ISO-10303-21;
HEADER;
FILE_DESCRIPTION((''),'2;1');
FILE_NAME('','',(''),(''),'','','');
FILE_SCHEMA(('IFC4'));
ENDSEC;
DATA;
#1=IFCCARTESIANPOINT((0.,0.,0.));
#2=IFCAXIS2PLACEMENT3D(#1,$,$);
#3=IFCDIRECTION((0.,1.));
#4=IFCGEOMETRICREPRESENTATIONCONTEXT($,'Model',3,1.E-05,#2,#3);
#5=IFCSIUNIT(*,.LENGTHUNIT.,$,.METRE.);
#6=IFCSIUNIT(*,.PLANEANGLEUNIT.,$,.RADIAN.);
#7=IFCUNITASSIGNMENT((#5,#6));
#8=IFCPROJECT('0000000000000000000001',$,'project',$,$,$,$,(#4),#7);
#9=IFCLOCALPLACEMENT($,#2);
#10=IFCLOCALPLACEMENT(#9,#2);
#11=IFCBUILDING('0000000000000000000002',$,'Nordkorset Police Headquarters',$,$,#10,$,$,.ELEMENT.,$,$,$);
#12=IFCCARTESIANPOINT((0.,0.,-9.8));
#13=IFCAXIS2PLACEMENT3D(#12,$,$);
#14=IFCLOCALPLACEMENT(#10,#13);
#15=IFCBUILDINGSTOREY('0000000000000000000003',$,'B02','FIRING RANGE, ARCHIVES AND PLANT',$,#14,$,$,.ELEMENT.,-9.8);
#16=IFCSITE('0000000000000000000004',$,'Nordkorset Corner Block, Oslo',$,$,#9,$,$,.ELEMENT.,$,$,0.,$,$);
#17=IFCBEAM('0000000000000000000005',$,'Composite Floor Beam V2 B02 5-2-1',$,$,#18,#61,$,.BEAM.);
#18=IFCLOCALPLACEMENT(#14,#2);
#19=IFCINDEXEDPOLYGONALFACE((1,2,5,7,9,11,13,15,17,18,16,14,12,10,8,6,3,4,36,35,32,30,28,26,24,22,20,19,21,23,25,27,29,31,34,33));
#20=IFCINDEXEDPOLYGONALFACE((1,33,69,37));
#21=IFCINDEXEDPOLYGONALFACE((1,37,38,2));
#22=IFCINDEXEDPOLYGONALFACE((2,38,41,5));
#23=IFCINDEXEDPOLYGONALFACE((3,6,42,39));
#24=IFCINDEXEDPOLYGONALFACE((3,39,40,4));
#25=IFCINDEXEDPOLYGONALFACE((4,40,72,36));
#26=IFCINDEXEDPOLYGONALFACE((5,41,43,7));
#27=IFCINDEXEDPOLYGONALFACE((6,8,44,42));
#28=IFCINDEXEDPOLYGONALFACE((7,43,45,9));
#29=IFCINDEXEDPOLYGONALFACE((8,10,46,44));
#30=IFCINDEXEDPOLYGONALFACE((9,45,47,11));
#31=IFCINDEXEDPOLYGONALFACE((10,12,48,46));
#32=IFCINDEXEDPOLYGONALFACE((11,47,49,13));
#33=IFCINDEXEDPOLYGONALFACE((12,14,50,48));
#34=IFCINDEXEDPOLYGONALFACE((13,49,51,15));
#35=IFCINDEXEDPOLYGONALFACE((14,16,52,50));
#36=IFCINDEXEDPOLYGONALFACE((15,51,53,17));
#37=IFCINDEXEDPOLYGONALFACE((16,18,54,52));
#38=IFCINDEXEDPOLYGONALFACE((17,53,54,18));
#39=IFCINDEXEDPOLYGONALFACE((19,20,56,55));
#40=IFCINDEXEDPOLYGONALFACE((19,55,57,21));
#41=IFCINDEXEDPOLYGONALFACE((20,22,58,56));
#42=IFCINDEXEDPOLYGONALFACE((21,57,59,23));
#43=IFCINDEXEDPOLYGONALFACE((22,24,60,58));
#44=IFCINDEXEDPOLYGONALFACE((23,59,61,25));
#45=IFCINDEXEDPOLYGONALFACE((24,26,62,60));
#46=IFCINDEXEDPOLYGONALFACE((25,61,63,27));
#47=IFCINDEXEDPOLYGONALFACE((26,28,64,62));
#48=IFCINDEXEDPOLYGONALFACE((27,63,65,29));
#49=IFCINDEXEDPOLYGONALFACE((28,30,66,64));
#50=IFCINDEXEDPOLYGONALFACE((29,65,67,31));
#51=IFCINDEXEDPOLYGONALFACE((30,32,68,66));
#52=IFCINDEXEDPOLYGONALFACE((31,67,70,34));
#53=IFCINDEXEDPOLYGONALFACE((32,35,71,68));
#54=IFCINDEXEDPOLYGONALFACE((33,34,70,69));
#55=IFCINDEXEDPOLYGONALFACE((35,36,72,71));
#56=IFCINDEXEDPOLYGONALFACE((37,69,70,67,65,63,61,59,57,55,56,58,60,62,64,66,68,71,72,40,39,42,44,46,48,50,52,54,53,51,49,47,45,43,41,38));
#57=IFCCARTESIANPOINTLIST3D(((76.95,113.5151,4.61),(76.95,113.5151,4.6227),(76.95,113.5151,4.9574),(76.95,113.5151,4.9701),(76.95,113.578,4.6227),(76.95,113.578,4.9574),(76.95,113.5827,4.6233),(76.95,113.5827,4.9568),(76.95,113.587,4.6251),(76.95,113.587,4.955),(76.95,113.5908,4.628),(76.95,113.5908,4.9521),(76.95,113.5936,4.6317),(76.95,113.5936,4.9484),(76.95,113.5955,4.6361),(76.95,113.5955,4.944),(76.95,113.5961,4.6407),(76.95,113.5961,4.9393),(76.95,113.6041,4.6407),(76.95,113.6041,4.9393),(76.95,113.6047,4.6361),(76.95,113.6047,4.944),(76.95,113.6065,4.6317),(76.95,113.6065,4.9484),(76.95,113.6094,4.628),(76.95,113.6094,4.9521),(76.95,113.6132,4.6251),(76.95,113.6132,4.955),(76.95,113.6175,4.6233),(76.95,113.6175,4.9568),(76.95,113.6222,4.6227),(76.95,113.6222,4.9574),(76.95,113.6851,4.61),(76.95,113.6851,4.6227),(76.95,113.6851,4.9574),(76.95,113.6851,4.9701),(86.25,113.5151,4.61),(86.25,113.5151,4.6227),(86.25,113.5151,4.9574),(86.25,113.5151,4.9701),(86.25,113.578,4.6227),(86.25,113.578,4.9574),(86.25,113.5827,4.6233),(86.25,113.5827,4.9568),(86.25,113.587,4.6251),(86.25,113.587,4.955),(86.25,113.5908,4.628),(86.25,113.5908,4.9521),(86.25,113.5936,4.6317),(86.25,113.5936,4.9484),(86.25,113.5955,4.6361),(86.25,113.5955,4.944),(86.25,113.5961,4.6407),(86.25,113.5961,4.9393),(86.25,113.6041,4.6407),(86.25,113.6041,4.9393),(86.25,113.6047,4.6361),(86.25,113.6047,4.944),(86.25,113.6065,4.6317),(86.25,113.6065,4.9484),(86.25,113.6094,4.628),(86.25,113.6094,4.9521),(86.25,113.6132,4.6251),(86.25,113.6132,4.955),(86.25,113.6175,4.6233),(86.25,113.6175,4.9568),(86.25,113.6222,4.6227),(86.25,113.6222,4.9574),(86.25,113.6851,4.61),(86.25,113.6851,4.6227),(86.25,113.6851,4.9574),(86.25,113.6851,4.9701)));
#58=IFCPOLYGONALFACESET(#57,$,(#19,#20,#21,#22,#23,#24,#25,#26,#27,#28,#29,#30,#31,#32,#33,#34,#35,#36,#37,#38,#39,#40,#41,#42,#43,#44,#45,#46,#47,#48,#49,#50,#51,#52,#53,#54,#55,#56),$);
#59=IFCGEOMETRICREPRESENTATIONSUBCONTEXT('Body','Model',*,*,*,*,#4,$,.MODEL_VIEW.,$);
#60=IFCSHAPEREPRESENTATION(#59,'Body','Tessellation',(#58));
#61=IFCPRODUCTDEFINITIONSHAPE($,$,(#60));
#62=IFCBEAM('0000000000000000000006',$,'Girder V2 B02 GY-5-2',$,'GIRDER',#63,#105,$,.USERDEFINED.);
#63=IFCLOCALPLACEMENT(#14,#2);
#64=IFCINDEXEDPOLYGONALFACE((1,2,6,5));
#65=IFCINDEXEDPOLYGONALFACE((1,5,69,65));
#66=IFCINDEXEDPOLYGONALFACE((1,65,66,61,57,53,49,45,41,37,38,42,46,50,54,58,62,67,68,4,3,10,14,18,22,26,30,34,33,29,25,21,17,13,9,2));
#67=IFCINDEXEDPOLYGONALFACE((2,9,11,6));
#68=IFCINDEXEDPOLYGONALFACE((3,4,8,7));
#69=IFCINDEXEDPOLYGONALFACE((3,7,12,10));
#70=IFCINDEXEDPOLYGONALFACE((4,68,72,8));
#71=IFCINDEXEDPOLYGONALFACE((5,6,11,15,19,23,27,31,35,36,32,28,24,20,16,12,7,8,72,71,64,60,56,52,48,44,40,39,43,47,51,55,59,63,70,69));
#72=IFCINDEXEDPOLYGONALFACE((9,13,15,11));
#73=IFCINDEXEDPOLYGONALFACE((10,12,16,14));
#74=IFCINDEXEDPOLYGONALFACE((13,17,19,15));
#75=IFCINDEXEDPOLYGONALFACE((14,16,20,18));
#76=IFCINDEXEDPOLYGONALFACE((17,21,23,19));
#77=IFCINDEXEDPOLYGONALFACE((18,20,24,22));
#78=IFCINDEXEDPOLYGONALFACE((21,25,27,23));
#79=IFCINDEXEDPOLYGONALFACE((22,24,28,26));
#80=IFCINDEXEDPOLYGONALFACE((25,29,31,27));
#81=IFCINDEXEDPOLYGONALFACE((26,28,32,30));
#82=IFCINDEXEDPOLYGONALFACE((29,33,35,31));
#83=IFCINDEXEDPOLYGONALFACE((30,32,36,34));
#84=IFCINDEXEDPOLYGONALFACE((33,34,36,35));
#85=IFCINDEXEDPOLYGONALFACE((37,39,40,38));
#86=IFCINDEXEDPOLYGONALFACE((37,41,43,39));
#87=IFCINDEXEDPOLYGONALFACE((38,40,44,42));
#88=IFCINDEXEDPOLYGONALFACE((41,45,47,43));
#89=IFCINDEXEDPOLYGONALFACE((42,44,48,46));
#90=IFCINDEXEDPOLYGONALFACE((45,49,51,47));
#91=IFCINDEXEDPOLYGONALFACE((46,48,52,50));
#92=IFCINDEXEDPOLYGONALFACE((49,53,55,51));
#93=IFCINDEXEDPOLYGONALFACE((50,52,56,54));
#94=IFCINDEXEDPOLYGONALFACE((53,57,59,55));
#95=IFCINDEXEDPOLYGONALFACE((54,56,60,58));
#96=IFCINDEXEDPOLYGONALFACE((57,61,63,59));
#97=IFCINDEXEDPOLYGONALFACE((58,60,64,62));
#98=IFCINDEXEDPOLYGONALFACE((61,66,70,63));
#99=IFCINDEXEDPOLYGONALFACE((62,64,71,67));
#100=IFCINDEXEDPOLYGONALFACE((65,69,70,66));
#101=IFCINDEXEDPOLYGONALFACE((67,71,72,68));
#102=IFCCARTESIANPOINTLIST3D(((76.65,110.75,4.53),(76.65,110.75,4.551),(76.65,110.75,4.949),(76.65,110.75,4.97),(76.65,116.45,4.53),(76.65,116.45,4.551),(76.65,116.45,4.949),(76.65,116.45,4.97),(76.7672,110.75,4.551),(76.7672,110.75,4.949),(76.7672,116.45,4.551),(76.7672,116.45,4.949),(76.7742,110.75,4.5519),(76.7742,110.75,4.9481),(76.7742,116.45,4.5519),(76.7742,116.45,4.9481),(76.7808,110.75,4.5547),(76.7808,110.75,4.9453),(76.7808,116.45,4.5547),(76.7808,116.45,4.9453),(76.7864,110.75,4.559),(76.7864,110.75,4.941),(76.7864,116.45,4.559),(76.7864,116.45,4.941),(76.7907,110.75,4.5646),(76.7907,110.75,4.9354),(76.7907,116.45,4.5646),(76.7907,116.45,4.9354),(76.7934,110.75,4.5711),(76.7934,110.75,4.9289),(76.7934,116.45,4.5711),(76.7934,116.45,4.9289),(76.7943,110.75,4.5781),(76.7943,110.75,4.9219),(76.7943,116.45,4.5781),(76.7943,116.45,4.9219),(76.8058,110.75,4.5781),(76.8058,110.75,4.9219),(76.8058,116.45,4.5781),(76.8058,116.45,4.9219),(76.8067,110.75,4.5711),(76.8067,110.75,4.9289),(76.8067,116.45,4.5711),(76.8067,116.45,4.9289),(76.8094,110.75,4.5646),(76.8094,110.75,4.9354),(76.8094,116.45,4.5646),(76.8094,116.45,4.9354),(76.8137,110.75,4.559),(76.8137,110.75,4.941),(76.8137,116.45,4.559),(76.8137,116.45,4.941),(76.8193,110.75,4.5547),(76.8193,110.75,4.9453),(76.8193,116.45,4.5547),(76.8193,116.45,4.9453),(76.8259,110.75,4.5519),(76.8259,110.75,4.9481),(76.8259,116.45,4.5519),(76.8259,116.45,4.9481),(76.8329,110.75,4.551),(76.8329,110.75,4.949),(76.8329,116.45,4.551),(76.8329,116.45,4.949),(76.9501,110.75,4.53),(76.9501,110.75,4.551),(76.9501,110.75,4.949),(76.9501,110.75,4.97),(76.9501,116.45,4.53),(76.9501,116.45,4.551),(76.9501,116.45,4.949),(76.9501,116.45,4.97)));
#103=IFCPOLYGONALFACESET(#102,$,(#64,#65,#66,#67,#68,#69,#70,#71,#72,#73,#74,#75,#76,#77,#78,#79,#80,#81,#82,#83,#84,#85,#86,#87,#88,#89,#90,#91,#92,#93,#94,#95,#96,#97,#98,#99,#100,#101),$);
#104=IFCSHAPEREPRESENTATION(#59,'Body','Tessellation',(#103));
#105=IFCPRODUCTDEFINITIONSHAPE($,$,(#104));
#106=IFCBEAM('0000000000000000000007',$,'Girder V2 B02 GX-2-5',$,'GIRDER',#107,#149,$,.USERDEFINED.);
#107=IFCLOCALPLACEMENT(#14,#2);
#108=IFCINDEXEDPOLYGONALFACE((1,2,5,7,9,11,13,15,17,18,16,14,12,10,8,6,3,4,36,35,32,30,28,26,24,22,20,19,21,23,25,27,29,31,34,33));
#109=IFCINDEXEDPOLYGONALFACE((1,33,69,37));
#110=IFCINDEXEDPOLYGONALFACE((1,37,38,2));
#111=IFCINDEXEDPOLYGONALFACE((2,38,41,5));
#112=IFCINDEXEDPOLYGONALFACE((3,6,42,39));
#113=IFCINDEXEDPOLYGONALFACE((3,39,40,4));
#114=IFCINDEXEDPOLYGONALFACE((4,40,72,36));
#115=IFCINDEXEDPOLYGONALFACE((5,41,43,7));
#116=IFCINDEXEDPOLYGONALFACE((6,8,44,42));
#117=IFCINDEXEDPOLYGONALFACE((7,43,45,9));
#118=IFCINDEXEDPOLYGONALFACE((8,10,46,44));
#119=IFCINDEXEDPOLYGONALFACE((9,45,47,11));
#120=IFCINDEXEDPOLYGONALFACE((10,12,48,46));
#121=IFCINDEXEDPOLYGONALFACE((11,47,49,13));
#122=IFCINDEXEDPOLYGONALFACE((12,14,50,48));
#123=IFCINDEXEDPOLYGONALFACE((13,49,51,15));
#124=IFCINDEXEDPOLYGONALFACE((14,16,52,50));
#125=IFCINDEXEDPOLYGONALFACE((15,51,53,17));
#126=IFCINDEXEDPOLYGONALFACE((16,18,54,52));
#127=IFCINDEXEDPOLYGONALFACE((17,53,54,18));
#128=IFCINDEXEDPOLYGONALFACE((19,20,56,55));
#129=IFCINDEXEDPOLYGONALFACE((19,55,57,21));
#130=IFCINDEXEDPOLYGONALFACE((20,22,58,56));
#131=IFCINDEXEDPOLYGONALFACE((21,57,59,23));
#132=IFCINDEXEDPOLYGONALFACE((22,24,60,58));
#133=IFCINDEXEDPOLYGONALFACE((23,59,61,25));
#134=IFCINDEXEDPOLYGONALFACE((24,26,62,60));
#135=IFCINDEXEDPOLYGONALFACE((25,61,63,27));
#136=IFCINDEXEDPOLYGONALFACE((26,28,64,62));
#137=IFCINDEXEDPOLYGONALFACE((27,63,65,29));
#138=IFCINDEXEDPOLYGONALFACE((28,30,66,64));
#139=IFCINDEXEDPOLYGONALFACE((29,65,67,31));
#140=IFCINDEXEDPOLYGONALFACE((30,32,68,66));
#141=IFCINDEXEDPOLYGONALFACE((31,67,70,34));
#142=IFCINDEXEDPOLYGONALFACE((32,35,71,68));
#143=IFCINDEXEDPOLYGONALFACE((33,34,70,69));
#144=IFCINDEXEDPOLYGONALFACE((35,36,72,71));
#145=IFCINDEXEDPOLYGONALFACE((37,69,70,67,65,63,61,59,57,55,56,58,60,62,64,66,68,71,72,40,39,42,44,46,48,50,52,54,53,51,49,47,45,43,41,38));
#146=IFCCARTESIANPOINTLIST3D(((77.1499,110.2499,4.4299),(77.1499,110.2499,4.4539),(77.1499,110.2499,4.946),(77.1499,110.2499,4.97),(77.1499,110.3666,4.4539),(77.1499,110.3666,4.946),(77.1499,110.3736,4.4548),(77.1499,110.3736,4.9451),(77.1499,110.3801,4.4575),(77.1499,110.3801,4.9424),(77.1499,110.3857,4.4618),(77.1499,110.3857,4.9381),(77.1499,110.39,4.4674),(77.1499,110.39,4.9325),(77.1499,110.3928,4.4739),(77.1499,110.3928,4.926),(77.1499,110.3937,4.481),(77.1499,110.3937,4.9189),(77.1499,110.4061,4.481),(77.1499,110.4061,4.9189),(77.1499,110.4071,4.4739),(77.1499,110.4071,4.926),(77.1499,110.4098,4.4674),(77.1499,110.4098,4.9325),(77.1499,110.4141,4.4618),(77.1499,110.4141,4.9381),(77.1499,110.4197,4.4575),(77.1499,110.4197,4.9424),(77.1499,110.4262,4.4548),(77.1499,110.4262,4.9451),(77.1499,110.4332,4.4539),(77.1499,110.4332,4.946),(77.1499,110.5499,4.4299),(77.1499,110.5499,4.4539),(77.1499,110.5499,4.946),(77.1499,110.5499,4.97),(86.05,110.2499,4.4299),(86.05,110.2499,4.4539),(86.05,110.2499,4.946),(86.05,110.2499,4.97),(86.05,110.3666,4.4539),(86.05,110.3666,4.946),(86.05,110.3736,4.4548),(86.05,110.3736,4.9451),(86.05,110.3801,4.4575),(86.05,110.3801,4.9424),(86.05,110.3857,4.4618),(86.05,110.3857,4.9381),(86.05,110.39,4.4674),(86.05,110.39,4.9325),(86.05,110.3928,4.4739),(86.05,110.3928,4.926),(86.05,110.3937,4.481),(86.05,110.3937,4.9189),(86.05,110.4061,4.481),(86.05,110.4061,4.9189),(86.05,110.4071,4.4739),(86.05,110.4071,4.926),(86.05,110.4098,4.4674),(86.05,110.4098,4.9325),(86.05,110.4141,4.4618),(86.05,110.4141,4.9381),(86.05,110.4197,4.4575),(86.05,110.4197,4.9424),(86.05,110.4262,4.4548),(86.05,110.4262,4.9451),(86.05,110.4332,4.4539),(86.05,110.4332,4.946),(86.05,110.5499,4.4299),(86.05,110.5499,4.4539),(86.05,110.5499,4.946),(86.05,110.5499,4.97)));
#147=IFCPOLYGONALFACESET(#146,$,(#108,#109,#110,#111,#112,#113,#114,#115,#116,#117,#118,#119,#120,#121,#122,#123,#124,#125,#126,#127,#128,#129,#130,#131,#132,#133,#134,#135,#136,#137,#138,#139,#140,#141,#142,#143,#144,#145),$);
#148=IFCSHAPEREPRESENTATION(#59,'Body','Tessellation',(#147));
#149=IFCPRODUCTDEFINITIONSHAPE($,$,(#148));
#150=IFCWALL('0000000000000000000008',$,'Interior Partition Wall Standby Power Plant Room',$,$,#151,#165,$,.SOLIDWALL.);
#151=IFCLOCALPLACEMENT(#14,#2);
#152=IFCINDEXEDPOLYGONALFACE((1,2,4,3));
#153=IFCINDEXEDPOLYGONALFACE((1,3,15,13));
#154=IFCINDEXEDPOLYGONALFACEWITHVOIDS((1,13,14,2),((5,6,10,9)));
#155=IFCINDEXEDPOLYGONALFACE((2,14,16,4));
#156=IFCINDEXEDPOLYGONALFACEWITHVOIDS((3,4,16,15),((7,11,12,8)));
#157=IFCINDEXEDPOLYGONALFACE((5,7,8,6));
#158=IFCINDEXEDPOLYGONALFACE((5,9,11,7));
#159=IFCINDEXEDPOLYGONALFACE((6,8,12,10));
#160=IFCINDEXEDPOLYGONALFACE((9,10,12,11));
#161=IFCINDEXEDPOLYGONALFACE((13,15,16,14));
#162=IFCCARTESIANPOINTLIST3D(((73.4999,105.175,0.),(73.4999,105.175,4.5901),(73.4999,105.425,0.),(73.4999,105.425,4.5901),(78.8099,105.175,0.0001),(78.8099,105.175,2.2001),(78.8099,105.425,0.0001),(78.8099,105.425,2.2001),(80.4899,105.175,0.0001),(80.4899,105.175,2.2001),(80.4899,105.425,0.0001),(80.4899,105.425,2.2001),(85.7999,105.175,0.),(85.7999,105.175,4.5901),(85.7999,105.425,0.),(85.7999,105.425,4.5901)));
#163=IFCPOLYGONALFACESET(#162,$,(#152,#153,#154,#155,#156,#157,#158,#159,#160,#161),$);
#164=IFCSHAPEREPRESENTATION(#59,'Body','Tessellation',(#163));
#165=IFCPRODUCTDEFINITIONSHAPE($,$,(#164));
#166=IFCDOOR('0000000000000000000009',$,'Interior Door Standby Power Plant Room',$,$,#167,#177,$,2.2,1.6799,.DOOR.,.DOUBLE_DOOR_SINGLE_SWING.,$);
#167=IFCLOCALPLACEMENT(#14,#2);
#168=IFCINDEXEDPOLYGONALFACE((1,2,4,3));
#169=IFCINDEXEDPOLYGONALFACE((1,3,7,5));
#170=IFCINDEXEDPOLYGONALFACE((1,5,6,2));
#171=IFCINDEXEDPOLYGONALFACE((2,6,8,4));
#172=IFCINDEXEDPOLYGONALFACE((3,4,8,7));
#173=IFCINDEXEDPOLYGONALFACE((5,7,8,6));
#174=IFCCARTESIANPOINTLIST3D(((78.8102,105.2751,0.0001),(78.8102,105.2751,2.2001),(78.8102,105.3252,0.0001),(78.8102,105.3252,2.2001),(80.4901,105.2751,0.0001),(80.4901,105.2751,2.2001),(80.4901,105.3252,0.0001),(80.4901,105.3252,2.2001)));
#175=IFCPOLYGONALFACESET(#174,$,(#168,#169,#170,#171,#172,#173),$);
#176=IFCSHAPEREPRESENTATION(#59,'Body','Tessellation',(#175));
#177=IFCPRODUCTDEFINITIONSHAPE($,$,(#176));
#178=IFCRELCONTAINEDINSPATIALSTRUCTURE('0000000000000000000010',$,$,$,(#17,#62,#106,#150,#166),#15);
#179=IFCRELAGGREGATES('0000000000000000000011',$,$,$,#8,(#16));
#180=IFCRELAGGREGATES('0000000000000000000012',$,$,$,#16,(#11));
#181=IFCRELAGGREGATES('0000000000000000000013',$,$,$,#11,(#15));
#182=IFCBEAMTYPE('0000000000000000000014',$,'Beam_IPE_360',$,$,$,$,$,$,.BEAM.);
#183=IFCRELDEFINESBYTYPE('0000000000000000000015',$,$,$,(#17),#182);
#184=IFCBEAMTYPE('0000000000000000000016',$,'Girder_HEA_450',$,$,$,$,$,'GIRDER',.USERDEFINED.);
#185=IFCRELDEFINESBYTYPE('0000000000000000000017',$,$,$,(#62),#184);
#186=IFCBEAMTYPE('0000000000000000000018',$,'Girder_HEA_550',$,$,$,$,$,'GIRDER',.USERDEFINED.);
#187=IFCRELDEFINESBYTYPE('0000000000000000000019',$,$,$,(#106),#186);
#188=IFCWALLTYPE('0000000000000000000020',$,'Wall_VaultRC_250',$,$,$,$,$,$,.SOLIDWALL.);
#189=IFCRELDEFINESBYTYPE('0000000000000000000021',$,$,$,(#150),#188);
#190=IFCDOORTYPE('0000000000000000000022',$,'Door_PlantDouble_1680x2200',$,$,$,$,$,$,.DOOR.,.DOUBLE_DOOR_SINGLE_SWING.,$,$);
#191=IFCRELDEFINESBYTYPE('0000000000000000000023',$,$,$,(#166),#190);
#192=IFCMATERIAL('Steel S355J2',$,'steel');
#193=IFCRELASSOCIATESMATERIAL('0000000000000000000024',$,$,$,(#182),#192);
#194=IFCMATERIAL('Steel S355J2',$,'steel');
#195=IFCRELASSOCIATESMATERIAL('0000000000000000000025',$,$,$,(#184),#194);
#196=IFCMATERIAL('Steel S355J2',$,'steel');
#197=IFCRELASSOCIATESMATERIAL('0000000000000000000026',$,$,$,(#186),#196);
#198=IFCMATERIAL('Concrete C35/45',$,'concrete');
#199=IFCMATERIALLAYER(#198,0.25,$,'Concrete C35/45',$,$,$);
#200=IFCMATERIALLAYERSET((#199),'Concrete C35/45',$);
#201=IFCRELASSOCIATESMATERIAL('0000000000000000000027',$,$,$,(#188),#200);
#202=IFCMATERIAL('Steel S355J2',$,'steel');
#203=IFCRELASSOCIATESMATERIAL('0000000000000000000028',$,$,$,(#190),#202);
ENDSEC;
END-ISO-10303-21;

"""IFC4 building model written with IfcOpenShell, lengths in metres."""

from ifc_helpers import new_model, si_unit, direction, frame, frame_2d, origin, origin_2d, place, context, subcontext, project, spatial, rectangle, i_section, extrude, material, layer, layer_set, material_profile, profile_set, type_object, element, fill, save


model = new_model("IFC4")

# Units and contexts
model_context = context("Model", 3, precision=1e-05, world=origin(), true_north=direction((0.0, 1.0)))
body_context = subcontext(model_context, "Body", "Model", "MODEL_VIEW")
ifc_project = project(units=[si_unit("LENGTHUNIT", "METRE"), si_unit("PLANEANGLEUNIT", "RADIAN")], contexts=[model_context])

# Site, building, storey
site_placement = place(None, origin())
site = spatial("IfcSite", under=ifc_project, at=site_placement, Name="Nordkorset Corner Block, Oslo", CompositionType="ELEMENT", RefElevation=0.0)
building_placement = place(site_placement, origin())
building = spatial("IfcBuilding", under=site, at=building_placement, Name="Nordkorset Police Headquarters", CompositionType="ELEMENT")
storey_placement = place(building_placement, frame((0.0, 0.0, -9.8)))
storey = spatial("IfcBuildingStorey", under=building, at=storey_placement, Name="B02", Description="FIRING RANGE, ARCHIVES AND PLANT", CompositionType="ELEMENT", Elevation=-9.8)

# Beams
ifc_material_1 = material(Name="Steel S355J2", Category="steel")
ifc_material_profile_1 = material_profile(ifc_material_1, i_section(OverallWidth=0.1699, OverallDepth=0.3601, WebThickness=0.0081, FlangeThickness=0.0127, FilletRadius=0.0181, at=origin_2d()), Name="IPE 360")
ifc_profile_set_1 = profile_set([ifc_material_profile_1], Name="Steel S355J2")
beam_type_1 = type_object("IfcBeamType", Name="Beam_IPE_360", PredefinedType="BEAM", material=ifc_profile_set_1)
for number, where, z_axis, x_axis, name in (
    (1, (76.95, 113.6001, 4.79), (1.0, 0.0, 0.0), (0.0, 1.0, 0.0), "Composite Floor Beam V2 B02 5-2-1"),
):
    element("IfcBeam", number, at=place(storey_placement, frame(where, z_axis=z_axis, x_axis=x_axis)), inside=storey, type_object=beam_type_1, Name=name, PredefinedType="BEAM", context=body_context, shape_type="SweptSolid", body=[
        extrude(i_section(OverallWidth=0.1699, OverallDepth=0.3601, WebThickness=0.0081, FlangeThickness=0.0127, FilletRadius=0.0181, at=origin_2d()), origin(), (0.0, 0.0, 1.0), 9.3),
    ])
ifc_material_2 = material(Name="Steel S355J2", Category="steel")
ifc_material_profile_2 = material_profile(ifc_material_2, i_section(OverallWidth=0.3, OverallDepth=0.4399, WebThickness=0.0115, FlangeThickness=0.021, FilletRadius=0.0271, at=origin_2d()), Name="HEA 450")
ifc_profile_set_2 = profile_set([ifc_material_profile_2], Name="Steel S355J2")
beam_type_2 = type_object("IfcBeamType", Name="Girder_HEA_450", ElementType="GIRDER", PredefinedType="USERDEFINED", material=ifc_profile_set_2)
beam_1_placement = place(storey_placement, frame((76.8, 110.75, 4.75), z_axis=(0.0, 1.0, 0.0), x_axis=(-1.0, 0.0, 0.0)))
element("IfcBeam", 2, at=beam_1_placement, inside=storey, type_object=beam_type_2, Name="Girder V2 B02 GY-5-2", ObjectType="GIRDER", PredefinedType="USERDEFINED", context=body_context, shape_type="SweptSolid", body=[
    extrude(i_section(OverallWidth=0.3, OverallDepth=0.4399, WebThickness=0.0115, FlangeThickness=0.021, FilletRadius=0.0271, at=origin_2d()), origin(), (0.0, 0.0, 1.0), 5.7),
])
ifc_material_3 = material(Name="Steel S355J2", Category="steel")
ifc_material_profile_3 = material_profile(ifc_material_3, i_section(OverallWidth=0.3, OverallDepth=0.54, WebThickness=0.0125, FlangeThickness=0.0239, FilletRadius=0.0271, at=origin_2d()), Name="HEA 550")
ifc_profile_set_3 = profile_set([ifc_material_profile_3], Name="Steel S355J2")
beam_type_3 = type_object("IfcBeamType", Name="Girder_HEA_550", ElementType="GIRDER", PredefinedType="USERDEFINED", material=ifc_profile_set_3)
beam_2_placement = place(storey_placement, frame((77.1499, 110.3999, 4.7), z_axis=(1.0, 0.0, 0.0), x_axis=(0.0, 1.0, 0.0)))
element("IfcBeam", 3, at=beam_2_placement, inside=storey, type_object=beam_type_3, Name="Girder V2 B02 GX-2-5", ObjectType="GIRDER", PredefinedType="USERDEFINED", context=body_context, shape_type="SweptSolid", body=[
    extrude(i_section(OverallWidth=0.3, OverallDepth=0.54, WebThickness=0.0125, FlangeThickness=0.0239, FilletRadius=0.0271, at=origin_2d()), origin(), (0.0, 0.0, 1.0), 8.9001),
])

# Wall, opening, door
ifc_material_4 = material(Name="Concrete C35/45", Category="concrete")
ifc_layer = layer(ifc_material_4, 0.25, Name="Concrete C35/45")
ifc_layer_set = layer_set([ifc_layer], Name="Concrete C35/45")
wall_type = type_object("IfcWallType", Name="Wall_VaultRC_250", PredefinedType="SOLIDWALL", material=ifc_layer_set)
wall_1_placement = place(storey_placement, frame((73.5, 105.3, 0.0), z_axis=(0.0, 0.0, 1.0), x_axis=(1.0, 0.0, 0.0)))
wall_1 = element("IfcWall", 4, at=wall_1_placement, inside=storey, type_object=wall_type, Name="Interior Partition Wall Standby Power Plant Room", PredefinedType="SOLIDWALL", context=body_context, shape_type="SweptSolid", body=[
    extrude(rectangle(XDim=12.3, YDim=0.25, at=frame_2d((6.1499, 0.0))), origin(), (0.0, 0.0, 1.0), 4.5901),
])
opening_placement = place(wall_1_placement, frame((5.3101, 0.0, 0.0)))
opening = element("IfcOpeningElement", 5, at=opening_placement, cuts=wall_1, PredefinedType="OPENING", context=body_context, shape_type="SweptSolid", body=[
    extrude(rectangle(XDim=1.6799, YDim=2.2, at=frame_2d((0.8398, 1.1001))), frame((0.0, 0.135, 0.0), z_axis=(0.0, -1.0, 0.0), x_axis=(1.0, 0.0, 0.0)), (0.0, 0.0, 1.0), 0.27),
])
ifc_material_5 = material(Name="Steel S355J2", Category="steel")
door_type = type_object("IfcDoorType", Name="Door_PlantDouble_1680x2200", OperationType="DOUBLE_DOOR_SINGLE_SWING", PredefinedType="DOOR", material=ifc_material_5)
door_placement = place(opening_placement, frame((1.6799, 0.0, 0.0), z_axis=(0.0, 0.0, 1.0), x_axis=(-1.0, 0.0, 0.0)))
door = element("IfcDoor", 6, at=door_placement, inside=storey, type_object=door_type, Name="Interior Door Standby Power Plant Room", OperationType="DOUBLE_DOOR_SINGLE_SWING", OverallHeight=2.2, OverallWidth=1.6799, PredefinedType="DOOR", context=body_context, shape_type="SweptSolid", body=[
    extrude(rectangle(XDim=1.6799, YDim=2.2, at=frame_2d((0.8398, 1.1001))), frame((0.0, 0.0249, 0.0), z_axis=(0.0, -1.0, 0.0), x_axis=(1.0, 0.0, 0.0)), (0.0, 0.0, 1.0), 0.05),
])
fill(opening, door)

save(model, "model.ifc")
